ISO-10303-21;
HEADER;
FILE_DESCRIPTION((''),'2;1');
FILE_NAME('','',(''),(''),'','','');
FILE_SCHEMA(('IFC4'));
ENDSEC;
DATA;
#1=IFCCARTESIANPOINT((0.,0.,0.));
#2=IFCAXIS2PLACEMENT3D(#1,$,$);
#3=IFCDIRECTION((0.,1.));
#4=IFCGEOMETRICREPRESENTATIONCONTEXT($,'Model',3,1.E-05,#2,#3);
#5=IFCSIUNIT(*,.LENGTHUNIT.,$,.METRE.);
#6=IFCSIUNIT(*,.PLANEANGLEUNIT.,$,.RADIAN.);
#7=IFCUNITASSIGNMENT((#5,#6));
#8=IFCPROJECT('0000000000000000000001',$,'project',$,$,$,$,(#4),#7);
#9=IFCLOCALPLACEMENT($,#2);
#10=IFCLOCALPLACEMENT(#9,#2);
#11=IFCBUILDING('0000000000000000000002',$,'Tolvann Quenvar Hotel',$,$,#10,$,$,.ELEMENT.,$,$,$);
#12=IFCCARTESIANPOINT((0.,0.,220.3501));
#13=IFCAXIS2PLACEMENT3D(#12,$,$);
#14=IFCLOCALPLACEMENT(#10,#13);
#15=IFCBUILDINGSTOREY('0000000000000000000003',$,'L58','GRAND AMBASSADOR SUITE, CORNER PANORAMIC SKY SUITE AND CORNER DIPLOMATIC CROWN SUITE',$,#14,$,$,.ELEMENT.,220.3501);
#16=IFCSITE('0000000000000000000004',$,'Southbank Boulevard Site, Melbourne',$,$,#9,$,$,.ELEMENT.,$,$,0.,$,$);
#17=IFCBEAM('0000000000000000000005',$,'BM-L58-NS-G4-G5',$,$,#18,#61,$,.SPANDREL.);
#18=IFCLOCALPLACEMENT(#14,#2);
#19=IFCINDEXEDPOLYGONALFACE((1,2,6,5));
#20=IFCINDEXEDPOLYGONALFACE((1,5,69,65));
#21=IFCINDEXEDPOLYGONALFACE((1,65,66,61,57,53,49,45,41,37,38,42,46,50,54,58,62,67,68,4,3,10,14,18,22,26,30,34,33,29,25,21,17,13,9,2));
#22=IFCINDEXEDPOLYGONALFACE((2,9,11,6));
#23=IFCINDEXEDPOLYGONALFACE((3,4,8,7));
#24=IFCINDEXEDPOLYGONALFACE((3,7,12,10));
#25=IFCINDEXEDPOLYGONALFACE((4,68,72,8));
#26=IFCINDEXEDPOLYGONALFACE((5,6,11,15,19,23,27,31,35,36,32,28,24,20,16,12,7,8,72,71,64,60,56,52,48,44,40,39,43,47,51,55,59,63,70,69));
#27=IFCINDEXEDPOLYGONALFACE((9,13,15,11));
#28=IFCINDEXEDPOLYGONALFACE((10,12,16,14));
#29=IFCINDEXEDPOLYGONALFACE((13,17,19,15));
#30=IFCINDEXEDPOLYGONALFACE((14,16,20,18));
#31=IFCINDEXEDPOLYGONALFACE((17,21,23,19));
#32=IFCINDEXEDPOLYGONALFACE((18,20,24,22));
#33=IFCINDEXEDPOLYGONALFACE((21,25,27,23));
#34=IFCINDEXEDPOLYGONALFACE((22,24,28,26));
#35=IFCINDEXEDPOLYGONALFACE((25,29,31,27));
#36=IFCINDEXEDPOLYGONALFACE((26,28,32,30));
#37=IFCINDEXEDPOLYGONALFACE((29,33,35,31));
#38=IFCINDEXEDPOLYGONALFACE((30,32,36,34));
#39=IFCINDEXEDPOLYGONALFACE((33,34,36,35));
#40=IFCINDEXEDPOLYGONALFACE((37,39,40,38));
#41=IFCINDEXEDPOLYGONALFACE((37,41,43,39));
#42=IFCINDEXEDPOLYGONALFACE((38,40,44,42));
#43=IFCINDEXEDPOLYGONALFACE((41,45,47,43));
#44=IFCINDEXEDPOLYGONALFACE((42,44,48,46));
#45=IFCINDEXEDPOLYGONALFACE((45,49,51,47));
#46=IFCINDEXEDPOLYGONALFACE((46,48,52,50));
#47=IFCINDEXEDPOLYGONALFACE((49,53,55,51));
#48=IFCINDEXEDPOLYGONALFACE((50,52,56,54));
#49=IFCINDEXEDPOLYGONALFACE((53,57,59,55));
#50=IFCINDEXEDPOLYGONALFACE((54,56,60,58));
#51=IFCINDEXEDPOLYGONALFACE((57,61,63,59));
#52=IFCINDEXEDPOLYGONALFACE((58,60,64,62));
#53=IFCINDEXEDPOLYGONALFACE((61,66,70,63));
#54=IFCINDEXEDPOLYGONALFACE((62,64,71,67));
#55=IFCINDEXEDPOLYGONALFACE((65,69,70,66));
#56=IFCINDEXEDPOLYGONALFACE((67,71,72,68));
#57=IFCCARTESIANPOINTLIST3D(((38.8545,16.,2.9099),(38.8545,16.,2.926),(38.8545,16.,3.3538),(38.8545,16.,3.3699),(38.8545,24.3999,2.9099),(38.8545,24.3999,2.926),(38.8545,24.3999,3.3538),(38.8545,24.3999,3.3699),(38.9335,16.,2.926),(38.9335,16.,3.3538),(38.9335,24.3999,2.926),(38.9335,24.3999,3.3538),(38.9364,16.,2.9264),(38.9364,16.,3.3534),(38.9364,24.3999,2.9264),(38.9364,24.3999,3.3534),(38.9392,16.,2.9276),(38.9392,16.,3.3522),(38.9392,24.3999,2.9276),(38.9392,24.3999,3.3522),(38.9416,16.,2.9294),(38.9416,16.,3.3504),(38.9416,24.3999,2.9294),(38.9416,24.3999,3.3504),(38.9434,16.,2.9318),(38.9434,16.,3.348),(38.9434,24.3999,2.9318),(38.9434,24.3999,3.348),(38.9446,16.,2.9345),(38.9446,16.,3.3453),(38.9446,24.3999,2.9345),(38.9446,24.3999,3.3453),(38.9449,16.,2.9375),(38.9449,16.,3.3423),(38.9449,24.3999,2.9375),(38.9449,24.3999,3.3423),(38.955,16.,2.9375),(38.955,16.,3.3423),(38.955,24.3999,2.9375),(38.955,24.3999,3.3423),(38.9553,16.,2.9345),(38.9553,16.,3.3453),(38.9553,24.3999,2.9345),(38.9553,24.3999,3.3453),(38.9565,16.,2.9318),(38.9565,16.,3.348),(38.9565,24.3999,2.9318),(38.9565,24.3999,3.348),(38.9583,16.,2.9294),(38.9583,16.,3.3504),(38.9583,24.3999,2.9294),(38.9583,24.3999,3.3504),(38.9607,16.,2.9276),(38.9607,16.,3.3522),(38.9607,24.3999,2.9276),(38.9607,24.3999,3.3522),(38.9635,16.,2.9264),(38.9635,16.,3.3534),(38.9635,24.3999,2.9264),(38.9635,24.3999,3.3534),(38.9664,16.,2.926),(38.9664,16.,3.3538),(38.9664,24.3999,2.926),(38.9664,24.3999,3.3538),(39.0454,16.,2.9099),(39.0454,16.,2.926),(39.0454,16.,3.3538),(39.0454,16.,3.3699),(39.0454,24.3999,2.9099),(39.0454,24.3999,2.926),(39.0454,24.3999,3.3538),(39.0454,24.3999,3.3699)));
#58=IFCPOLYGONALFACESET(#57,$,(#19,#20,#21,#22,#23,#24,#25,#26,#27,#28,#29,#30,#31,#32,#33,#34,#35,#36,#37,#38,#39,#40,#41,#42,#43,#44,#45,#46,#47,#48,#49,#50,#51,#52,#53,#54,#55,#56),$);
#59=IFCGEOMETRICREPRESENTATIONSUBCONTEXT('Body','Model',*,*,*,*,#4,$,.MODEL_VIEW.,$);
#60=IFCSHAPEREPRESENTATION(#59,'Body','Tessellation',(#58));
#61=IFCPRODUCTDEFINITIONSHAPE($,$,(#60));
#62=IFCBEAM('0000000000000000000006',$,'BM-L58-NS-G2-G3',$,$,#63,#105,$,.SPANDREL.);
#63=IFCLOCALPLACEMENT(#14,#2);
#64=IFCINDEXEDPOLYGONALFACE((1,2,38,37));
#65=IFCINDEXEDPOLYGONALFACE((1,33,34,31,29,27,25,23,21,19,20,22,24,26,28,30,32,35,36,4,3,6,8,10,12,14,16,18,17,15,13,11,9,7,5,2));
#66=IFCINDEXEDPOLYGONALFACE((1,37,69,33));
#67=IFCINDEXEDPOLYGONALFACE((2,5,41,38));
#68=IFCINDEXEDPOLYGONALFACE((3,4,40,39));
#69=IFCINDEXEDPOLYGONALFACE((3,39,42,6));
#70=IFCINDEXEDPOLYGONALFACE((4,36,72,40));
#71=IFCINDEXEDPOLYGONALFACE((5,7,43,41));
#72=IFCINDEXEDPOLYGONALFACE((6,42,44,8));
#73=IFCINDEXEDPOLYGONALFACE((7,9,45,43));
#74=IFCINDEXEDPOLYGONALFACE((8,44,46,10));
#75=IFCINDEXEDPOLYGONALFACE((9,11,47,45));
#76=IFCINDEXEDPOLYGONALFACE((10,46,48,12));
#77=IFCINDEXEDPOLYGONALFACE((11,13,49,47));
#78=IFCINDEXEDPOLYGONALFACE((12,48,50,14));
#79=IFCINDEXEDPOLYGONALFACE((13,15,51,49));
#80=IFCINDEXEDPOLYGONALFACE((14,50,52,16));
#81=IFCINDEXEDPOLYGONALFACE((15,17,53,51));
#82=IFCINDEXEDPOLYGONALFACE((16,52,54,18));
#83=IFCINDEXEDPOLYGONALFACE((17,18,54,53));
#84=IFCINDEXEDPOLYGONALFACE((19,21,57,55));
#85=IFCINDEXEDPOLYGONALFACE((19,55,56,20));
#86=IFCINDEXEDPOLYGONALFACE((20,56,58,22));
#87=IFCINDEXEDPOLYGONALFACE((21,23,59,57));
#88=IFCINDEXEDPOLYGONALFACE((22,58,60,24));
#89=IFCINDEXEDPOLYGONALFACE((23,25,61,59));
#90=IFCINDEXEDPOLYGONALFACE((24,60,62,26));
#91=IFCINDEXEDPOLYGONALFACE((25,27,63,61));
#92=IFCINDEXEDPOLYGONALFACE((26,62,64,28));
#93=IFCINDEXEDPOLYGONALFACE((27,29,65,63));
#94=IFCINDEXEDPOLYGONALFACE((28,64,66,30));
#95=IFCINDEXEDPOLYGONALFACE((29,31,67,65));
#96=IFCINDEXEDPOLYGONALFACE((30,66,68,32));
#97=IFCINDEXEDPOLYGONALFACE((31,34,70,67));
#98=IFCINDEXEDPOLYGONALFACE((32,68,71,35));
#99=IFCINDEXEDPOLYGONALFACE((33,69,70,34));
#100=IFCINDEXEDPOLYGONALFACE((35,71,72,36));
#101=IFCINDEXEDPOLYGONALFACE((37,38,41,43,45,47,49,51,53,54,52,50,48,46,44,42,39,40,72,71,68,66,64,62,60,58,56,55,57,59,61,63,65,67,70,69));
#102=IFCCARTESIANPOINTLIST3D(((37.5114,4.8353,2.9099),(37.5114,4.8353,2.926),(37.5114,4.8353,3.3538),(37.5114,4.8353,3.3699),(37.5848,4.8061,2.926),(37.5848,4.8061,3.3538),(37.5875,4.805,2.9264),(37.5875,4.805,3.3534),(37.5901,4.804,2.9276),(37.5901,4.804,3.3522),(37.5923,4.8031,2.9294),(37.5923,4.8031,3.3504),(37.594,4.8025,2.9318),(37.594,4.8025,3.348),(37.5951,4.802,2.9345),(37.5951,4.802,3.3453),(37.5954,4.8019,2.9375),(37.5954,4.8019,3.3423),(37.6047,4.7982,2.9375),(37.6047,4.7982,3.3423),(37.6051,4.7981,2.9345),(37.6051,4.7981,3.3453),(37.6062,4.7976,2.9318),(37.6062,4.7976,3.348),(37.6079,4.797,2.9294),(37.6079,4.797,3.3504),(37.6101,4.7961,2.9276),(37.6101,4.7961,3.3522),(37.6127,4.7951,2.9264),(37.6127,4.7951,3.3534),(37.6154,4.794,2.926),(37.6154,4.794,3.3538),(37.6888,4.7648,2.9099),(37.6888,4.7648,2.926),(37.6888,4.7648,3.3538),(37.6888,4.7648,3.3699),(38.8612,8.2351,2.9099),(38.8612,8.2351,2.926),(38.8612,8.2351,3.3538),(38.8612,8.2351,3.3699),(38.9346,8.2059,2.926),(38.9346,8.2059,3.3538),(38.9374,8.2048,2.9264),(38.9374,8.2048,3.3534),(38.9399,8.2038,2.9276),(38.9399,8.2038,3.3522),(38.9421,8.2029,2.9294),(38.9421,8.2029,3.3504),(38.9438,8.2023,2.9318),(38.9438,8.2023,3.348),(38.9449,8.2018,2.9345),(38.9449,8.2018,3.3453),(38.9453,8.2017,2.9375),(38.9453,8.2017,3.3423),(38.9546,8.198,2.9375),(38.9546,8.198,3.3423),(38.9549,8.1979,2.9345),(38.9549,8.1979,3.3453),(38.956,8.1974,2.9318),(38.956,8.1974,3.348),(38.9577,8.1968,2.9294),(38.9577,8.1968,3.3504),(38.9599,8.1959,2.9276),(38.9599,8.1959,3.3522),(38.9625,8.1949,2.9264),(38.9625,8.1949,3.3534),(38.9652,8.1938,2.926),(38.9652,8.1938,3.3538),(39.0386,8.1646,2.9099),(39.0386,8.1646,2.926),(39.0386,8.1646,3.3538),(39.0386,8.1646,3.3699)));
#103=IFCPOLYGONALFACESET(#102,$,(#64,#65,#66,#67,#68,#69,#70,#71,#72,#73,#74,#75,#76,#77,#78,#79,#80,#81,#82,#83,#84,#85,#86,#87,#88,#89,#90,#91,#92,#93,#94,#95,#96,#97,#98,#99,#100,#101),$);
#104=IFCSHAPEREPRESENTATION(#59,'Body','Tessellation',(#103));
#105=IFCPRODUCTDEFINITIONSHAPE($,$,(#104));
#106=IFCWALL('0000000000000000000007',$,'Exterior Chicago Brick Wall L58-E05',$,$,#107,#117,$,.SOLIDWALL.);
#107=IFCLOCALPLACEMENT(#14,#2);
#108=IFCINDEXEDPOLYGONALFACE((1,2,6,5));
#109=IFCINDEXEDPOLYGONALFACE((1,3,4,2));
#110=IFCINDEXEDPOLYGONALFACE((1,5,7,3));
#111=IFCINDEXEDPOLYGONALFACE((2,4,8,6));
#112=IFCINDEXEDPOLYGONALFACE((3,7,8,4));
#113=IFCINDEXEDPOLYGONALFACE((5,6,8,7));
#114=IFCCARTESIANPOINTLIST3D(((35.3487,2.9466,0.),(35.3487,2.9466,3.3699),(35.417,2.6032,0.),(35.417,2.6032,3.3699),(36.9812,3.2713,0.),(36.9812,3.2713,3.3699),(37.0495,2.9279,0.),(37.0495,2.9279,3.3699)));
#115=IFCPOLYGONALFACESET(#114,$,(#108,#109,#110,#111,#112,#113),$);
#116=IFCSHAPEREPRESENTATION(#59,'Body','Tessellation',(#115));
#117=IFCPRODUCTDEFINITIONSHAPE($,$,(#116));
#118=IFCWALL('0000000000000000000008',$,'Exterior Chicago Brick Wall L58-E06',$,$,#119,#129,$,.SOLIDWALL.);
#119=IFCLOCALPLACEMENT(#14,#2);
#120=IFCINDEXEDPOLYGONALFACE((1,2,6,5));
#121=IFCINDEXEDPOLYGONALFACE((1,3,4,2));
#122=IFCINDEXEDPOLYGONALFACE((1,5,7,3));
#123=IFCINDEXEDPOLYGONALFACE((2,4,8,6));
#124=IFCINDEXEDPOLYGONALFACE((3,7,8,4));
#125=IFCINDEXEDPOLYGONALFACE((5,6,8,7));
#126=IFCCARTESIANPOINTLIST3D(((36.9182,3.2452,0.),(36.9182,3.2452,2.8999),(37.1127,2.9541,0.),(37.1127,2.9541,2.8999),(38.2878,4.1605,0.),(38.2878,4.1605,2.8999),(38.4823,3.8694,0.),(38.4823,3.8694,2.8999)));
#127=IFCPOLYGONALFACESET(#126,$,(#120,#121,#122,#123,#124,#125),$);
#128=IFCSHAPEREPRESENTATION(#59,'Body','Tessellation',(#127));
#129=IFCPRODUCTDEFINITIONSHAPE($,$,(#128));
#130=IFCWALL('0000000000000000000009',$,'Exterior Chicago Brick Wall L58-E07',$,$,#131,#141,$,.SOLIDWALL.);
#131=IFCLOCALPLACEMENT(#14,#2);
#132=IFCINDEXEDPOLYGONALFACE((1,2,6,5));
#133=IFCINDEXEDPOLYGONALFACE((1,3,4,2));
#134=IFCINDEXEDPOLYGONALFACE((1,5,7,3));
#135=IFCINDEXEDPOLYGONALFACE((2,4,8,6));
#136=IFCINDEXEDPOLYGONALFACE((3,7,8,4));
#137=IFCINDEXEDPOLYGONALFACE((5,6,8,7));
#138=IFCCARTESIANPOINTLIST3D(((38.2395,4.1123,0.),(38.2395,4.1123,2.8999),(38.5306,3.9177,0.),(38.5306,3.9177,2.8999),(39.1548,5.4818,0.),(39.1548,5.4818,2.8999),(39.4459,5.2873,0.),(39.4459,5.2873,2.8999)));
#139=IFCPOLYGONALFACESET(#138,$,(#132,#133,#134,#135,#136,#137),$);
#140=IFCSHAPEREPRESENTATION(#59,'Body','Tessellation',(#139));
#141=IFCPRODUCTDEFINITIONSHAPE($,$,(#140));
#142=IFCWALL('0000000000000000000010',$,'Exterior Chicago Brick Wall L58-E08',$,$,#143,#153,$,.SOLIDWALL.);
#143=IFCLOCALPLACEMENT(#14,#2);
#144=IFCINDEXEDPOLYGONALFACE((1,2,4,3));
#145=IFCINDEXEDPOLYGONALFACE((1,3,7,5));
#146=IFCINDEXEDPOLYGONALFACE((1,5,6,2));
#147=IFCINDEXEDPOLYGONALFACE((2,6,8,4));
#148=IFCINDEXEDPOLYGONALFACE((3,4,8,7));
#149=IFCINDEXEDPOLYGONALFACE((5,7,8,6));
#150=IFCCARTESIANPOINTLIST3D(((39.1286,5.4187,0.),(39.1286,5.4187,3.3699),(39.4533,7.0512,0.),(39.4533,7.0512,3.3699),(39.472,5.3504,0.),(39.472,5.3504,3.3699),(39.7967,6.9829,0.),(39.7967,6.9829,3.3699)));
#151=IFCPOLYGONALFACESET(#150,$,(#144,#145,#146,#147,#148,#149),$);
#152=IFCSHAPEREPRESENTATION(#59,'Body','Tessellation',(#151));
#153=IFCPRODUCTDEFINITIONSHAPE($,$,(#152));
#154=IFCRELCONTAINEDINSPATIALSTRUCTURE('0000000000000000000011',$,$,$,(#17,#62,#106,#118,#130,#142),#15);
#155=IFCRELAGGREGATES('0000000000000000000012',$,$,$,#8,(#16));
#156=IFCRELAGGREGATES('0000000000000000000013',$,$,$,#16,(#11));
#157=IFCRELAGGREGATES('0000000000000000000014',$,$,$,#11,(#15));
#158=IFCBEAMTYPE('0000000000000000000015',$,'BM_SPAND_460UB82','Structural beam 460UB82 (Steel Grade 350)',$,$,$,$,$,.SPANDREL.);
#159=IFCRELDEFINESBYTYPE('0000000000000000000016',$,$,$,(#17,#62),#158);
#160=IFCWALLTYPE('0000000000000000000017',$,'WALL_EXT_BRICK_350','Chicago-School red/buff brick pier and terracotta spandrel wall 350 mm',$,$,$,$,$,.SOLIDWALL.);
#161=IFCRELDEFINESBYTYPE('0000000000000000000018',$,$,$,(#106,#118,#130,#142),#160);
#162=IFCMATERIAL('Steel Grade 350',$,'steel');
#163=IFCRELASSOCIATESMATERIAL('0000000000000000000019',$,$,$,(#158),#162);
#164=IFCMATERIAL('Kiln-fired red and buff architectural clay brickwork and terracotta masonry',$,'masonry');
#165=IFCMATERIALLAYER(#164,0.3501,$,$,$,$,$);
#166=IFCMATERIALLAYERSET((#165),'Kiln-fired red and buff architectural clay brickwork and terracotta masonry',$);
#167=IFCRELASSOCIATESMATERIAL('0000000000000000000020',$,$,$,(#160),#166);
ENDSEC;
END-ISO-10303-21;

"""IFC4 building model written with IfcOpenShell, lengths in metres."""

from ifc_helpers import new_model, si_unit, direction, frame, frame_2d, origin, origin_2d, place, context, subcontext, project, spatial, rectangle, i_section, extrude, source, transform, mapped, material, layer, layer_set, material_profile, profile_set, type_object, element, save


model = new_model("IFC4")

# Units and contexts
model_context = context("Model", 3, precision=1e-05, world=origin(), true_north=direction((0.0, 1.0)))
body_context = subcontext(model_context, "Body", "Model", "MODEL_VIEW")
ifc_project = project(units=[si_unit("LENGTHUNIT", "METRE"), si_unit("PLANEANGLEUNIT", "RADIAN")], contexts=[model_context])

# Site, building, storey
site_placement = place(None, origin())
site = spatial("IfcSite", under=ifc_project, at=site_placement, Name="Southbank Boulevard Site, Melbourne", CompositionType="ELEMENT", RefElevation=0.0)
building_placement = place(site_placement, origin())
building = spatial("IfcBuilding", under=site, at=building_placement, Name="Tolvann Quenvar Hotel", CompositionType="ELEMENT")
storey_placement = place(building_placement, frame((0.0, 0.0, 220.3501)))
storey = spatial("IfcBuildingStorey", under=building, at=storey_placement, Name="L58", Description="GRAND AMBASSADOR SUITE, CORNER PANORAMIC SKY SUITE AND CORNER DIPLOMATIC CROWN SUITE", CompositionType="ELEMENT", Elevation=220.3501)

# Shared definitions
ifc_material_1 = material(Name="Steel Grade 350", Category="steel")

# Beams
ifc_material_profile_1 = material_profile(ifc_material_1, i_section(OverallWidth=0.1909, OverallDepth=0.46, WebThickness=0.01, FlangeThickness=0.0161, FilletRadius=0.0115, at=origin_2d()), Name="460UB82")
ifc_profile_set_1 = profile_set([ifc_material_profile_1], Name="Steel Grade 350")
beam_type_1 = type_object("IfcBeamType", Name="BM_SPAND_460UB82", Description="Structural beam 460UB82 (Steel Grade 350)", PredefinedType="SPANDREL", material=ifc_profile_set_1)
shared_shape_1 = source(origin(), body_context, "Body", "SweptSolid", [
    extrude(i_section(OverallWidth=0.1909, OverallDepth=0.46, WebThickness=0.01, FlangeThickness=0.0161, FilletRadius=0.0115, at=origin_2d()), origin(), (0.0, 0.0, 1.0), 8.3999),
])
beam_1_placement = place(storey_placement, frame((38.95, 16.0, 3.1399), z_axis=(0.0, 1.0, 0.0), x_axis=(-1.0, 0.0, 0.0)))
element("IfcBeam", 1, at=beam_1_placement, inside=storey, type_object=beam_type_1, Name="BM-L58-NS-G4-G5", PredefinedType="SPANDREL", context=body_context, shape_type="MappedRepresentation", body=[
    mapped(shared_shape_1, transform((0.0, 0.0, 0.0), x_axis=(1.0, 0.0, 0.0), y_axis=(0.0, 1.0, 0.0), z_axis=(0.0, 0.0, 1.0), scale=1.0)),
])
shared_shape_2 = source(origin(), body_context, "Body", "SweptSolid", [
    extrude(i_section(OverallWidth=0.1909, OverallDepth=0.46, WebThickness=0.01, FlangeThickness=0.0161, FilletRadius=0.0115, at=origin_2d()), origin(), (0.0, 0.0, 1.0), 3.658),
])
beam_2_placement = place(storey_placement, frame((37.6001, 4.8, 3.1399), z_axis=(0.369008, 0.929426, 0.0), x_axis=(-0.929426, 0.369008, 0.0)))
element("IfcBeam", 2, at=beam_2_placement, inside=storey, type_object=beam_type_1, Name="BM-L58-NS-G2-G3", PredefinedType="SPANDREL", context=body_context, shape_type="MappedRepresentation", body=[
    mapped(shared_shape_2, transform((0.0, 0.0, 0.0), x_axis=(1.0, 0.0, 0.0), y_axis=(0.0, 1.0, 0.0), z_axis=(0.0, 0.0, 1.0), scale=1.0)),
])

# Walls
ifc_material_2 = material(Name="Kiln-fired red and buff architectural clay brickwork and terracotta masonry", Category="masonry")
ifc_layer_1 = layer(ifc_material_2, 0.3501)
ifc_layer_set_1 = layer_set([ifc_layer_1], Name="Kiln-fired red and buff architectural clay brickwork and terracotta masonry")
wall_type_1 = type_object("IfcWallType", Name="WALL_EXT_BRICK_350", Description="Chicago-School red/buff brick pier and terracotta spandrel wall 350 mm", PredefinedType="SOLIDWALL", material=ifc_layer_set_1)
wall_1_placement = place(storey_placement, frame((35.3828, 2.7749, 0.0), z_axis=(0.0, 0.0, 1.0), x_axis=(0.980789, 0.195072, 0.0)))
element("IfcWall", 3, at=wall_1_placement, inside=storey, type_object=wall_type_1, Name="Exterior Chicago Brick Wall L58-E05", PredefinedType="SOLIDWALL", context=body_context, shape_type="SweptSolid", body=[
    extrude(rectangle(XDim=1.6646, YDim=0.3501, at=frame_2d((0.8323, 0.0))), origin(), (0.0, 0.0, 1.0), 3.3699),
])
for number, where, z_axis, x_axis, name in (
    (4, (37.0154, 3.0996, 0.0), (0.0, 0.0, 1.0), (0.831434, 0.555623, 0.0), "Exterior Chicago Brick Wall L58-E06"),
    (5, (38.385, 4.0149, 0.0), (0.0, 0.0, 1.0), (0.555623, 0.831434, 0.0), "Exterior Chicago Brick Wall L58-E07"),
):
    element("IfcWall", number, at=place(storey_placement, frame(where, z_axis=z_axis, x_axis=x_axis)), inside=storey, type_object=wall_type_1, Name=name, PredefinedType="SOLIDWALL", context=body_context, shape_type="SweptSolid", body=[
        extrude(rectangle(XDim=1.6472, YDim=0.3501, at=frame_2d((0.8237, 0.0))), origin(), (0.0, 0.0, 1.0), 2.8999),
    ])
wall_2_placement = place(storey_placement, frame((39.3003, 5.3845, 0.0), z_axis=(0.0, 0.0, 1.0), x_axis=(0.195072, 0.980789, 0.0)))
element("IfcWall", 6, at=wall_2_placement, inside=storey, type_object=wall_type_1, Name="Exterior Chicago Brick Wall L58-E08", PredefinedType="SOLIDWALL", context=body_context, shape_type="SweptSolid", body=[
    extrude(rectangle(XDim=1.6646, YDim=0.3501, at=frame_2d((0.8323, 0.0))), origin(), (0.0, 0.0, 1.0), 3.3699),
])

save(model, "model.ifc")
